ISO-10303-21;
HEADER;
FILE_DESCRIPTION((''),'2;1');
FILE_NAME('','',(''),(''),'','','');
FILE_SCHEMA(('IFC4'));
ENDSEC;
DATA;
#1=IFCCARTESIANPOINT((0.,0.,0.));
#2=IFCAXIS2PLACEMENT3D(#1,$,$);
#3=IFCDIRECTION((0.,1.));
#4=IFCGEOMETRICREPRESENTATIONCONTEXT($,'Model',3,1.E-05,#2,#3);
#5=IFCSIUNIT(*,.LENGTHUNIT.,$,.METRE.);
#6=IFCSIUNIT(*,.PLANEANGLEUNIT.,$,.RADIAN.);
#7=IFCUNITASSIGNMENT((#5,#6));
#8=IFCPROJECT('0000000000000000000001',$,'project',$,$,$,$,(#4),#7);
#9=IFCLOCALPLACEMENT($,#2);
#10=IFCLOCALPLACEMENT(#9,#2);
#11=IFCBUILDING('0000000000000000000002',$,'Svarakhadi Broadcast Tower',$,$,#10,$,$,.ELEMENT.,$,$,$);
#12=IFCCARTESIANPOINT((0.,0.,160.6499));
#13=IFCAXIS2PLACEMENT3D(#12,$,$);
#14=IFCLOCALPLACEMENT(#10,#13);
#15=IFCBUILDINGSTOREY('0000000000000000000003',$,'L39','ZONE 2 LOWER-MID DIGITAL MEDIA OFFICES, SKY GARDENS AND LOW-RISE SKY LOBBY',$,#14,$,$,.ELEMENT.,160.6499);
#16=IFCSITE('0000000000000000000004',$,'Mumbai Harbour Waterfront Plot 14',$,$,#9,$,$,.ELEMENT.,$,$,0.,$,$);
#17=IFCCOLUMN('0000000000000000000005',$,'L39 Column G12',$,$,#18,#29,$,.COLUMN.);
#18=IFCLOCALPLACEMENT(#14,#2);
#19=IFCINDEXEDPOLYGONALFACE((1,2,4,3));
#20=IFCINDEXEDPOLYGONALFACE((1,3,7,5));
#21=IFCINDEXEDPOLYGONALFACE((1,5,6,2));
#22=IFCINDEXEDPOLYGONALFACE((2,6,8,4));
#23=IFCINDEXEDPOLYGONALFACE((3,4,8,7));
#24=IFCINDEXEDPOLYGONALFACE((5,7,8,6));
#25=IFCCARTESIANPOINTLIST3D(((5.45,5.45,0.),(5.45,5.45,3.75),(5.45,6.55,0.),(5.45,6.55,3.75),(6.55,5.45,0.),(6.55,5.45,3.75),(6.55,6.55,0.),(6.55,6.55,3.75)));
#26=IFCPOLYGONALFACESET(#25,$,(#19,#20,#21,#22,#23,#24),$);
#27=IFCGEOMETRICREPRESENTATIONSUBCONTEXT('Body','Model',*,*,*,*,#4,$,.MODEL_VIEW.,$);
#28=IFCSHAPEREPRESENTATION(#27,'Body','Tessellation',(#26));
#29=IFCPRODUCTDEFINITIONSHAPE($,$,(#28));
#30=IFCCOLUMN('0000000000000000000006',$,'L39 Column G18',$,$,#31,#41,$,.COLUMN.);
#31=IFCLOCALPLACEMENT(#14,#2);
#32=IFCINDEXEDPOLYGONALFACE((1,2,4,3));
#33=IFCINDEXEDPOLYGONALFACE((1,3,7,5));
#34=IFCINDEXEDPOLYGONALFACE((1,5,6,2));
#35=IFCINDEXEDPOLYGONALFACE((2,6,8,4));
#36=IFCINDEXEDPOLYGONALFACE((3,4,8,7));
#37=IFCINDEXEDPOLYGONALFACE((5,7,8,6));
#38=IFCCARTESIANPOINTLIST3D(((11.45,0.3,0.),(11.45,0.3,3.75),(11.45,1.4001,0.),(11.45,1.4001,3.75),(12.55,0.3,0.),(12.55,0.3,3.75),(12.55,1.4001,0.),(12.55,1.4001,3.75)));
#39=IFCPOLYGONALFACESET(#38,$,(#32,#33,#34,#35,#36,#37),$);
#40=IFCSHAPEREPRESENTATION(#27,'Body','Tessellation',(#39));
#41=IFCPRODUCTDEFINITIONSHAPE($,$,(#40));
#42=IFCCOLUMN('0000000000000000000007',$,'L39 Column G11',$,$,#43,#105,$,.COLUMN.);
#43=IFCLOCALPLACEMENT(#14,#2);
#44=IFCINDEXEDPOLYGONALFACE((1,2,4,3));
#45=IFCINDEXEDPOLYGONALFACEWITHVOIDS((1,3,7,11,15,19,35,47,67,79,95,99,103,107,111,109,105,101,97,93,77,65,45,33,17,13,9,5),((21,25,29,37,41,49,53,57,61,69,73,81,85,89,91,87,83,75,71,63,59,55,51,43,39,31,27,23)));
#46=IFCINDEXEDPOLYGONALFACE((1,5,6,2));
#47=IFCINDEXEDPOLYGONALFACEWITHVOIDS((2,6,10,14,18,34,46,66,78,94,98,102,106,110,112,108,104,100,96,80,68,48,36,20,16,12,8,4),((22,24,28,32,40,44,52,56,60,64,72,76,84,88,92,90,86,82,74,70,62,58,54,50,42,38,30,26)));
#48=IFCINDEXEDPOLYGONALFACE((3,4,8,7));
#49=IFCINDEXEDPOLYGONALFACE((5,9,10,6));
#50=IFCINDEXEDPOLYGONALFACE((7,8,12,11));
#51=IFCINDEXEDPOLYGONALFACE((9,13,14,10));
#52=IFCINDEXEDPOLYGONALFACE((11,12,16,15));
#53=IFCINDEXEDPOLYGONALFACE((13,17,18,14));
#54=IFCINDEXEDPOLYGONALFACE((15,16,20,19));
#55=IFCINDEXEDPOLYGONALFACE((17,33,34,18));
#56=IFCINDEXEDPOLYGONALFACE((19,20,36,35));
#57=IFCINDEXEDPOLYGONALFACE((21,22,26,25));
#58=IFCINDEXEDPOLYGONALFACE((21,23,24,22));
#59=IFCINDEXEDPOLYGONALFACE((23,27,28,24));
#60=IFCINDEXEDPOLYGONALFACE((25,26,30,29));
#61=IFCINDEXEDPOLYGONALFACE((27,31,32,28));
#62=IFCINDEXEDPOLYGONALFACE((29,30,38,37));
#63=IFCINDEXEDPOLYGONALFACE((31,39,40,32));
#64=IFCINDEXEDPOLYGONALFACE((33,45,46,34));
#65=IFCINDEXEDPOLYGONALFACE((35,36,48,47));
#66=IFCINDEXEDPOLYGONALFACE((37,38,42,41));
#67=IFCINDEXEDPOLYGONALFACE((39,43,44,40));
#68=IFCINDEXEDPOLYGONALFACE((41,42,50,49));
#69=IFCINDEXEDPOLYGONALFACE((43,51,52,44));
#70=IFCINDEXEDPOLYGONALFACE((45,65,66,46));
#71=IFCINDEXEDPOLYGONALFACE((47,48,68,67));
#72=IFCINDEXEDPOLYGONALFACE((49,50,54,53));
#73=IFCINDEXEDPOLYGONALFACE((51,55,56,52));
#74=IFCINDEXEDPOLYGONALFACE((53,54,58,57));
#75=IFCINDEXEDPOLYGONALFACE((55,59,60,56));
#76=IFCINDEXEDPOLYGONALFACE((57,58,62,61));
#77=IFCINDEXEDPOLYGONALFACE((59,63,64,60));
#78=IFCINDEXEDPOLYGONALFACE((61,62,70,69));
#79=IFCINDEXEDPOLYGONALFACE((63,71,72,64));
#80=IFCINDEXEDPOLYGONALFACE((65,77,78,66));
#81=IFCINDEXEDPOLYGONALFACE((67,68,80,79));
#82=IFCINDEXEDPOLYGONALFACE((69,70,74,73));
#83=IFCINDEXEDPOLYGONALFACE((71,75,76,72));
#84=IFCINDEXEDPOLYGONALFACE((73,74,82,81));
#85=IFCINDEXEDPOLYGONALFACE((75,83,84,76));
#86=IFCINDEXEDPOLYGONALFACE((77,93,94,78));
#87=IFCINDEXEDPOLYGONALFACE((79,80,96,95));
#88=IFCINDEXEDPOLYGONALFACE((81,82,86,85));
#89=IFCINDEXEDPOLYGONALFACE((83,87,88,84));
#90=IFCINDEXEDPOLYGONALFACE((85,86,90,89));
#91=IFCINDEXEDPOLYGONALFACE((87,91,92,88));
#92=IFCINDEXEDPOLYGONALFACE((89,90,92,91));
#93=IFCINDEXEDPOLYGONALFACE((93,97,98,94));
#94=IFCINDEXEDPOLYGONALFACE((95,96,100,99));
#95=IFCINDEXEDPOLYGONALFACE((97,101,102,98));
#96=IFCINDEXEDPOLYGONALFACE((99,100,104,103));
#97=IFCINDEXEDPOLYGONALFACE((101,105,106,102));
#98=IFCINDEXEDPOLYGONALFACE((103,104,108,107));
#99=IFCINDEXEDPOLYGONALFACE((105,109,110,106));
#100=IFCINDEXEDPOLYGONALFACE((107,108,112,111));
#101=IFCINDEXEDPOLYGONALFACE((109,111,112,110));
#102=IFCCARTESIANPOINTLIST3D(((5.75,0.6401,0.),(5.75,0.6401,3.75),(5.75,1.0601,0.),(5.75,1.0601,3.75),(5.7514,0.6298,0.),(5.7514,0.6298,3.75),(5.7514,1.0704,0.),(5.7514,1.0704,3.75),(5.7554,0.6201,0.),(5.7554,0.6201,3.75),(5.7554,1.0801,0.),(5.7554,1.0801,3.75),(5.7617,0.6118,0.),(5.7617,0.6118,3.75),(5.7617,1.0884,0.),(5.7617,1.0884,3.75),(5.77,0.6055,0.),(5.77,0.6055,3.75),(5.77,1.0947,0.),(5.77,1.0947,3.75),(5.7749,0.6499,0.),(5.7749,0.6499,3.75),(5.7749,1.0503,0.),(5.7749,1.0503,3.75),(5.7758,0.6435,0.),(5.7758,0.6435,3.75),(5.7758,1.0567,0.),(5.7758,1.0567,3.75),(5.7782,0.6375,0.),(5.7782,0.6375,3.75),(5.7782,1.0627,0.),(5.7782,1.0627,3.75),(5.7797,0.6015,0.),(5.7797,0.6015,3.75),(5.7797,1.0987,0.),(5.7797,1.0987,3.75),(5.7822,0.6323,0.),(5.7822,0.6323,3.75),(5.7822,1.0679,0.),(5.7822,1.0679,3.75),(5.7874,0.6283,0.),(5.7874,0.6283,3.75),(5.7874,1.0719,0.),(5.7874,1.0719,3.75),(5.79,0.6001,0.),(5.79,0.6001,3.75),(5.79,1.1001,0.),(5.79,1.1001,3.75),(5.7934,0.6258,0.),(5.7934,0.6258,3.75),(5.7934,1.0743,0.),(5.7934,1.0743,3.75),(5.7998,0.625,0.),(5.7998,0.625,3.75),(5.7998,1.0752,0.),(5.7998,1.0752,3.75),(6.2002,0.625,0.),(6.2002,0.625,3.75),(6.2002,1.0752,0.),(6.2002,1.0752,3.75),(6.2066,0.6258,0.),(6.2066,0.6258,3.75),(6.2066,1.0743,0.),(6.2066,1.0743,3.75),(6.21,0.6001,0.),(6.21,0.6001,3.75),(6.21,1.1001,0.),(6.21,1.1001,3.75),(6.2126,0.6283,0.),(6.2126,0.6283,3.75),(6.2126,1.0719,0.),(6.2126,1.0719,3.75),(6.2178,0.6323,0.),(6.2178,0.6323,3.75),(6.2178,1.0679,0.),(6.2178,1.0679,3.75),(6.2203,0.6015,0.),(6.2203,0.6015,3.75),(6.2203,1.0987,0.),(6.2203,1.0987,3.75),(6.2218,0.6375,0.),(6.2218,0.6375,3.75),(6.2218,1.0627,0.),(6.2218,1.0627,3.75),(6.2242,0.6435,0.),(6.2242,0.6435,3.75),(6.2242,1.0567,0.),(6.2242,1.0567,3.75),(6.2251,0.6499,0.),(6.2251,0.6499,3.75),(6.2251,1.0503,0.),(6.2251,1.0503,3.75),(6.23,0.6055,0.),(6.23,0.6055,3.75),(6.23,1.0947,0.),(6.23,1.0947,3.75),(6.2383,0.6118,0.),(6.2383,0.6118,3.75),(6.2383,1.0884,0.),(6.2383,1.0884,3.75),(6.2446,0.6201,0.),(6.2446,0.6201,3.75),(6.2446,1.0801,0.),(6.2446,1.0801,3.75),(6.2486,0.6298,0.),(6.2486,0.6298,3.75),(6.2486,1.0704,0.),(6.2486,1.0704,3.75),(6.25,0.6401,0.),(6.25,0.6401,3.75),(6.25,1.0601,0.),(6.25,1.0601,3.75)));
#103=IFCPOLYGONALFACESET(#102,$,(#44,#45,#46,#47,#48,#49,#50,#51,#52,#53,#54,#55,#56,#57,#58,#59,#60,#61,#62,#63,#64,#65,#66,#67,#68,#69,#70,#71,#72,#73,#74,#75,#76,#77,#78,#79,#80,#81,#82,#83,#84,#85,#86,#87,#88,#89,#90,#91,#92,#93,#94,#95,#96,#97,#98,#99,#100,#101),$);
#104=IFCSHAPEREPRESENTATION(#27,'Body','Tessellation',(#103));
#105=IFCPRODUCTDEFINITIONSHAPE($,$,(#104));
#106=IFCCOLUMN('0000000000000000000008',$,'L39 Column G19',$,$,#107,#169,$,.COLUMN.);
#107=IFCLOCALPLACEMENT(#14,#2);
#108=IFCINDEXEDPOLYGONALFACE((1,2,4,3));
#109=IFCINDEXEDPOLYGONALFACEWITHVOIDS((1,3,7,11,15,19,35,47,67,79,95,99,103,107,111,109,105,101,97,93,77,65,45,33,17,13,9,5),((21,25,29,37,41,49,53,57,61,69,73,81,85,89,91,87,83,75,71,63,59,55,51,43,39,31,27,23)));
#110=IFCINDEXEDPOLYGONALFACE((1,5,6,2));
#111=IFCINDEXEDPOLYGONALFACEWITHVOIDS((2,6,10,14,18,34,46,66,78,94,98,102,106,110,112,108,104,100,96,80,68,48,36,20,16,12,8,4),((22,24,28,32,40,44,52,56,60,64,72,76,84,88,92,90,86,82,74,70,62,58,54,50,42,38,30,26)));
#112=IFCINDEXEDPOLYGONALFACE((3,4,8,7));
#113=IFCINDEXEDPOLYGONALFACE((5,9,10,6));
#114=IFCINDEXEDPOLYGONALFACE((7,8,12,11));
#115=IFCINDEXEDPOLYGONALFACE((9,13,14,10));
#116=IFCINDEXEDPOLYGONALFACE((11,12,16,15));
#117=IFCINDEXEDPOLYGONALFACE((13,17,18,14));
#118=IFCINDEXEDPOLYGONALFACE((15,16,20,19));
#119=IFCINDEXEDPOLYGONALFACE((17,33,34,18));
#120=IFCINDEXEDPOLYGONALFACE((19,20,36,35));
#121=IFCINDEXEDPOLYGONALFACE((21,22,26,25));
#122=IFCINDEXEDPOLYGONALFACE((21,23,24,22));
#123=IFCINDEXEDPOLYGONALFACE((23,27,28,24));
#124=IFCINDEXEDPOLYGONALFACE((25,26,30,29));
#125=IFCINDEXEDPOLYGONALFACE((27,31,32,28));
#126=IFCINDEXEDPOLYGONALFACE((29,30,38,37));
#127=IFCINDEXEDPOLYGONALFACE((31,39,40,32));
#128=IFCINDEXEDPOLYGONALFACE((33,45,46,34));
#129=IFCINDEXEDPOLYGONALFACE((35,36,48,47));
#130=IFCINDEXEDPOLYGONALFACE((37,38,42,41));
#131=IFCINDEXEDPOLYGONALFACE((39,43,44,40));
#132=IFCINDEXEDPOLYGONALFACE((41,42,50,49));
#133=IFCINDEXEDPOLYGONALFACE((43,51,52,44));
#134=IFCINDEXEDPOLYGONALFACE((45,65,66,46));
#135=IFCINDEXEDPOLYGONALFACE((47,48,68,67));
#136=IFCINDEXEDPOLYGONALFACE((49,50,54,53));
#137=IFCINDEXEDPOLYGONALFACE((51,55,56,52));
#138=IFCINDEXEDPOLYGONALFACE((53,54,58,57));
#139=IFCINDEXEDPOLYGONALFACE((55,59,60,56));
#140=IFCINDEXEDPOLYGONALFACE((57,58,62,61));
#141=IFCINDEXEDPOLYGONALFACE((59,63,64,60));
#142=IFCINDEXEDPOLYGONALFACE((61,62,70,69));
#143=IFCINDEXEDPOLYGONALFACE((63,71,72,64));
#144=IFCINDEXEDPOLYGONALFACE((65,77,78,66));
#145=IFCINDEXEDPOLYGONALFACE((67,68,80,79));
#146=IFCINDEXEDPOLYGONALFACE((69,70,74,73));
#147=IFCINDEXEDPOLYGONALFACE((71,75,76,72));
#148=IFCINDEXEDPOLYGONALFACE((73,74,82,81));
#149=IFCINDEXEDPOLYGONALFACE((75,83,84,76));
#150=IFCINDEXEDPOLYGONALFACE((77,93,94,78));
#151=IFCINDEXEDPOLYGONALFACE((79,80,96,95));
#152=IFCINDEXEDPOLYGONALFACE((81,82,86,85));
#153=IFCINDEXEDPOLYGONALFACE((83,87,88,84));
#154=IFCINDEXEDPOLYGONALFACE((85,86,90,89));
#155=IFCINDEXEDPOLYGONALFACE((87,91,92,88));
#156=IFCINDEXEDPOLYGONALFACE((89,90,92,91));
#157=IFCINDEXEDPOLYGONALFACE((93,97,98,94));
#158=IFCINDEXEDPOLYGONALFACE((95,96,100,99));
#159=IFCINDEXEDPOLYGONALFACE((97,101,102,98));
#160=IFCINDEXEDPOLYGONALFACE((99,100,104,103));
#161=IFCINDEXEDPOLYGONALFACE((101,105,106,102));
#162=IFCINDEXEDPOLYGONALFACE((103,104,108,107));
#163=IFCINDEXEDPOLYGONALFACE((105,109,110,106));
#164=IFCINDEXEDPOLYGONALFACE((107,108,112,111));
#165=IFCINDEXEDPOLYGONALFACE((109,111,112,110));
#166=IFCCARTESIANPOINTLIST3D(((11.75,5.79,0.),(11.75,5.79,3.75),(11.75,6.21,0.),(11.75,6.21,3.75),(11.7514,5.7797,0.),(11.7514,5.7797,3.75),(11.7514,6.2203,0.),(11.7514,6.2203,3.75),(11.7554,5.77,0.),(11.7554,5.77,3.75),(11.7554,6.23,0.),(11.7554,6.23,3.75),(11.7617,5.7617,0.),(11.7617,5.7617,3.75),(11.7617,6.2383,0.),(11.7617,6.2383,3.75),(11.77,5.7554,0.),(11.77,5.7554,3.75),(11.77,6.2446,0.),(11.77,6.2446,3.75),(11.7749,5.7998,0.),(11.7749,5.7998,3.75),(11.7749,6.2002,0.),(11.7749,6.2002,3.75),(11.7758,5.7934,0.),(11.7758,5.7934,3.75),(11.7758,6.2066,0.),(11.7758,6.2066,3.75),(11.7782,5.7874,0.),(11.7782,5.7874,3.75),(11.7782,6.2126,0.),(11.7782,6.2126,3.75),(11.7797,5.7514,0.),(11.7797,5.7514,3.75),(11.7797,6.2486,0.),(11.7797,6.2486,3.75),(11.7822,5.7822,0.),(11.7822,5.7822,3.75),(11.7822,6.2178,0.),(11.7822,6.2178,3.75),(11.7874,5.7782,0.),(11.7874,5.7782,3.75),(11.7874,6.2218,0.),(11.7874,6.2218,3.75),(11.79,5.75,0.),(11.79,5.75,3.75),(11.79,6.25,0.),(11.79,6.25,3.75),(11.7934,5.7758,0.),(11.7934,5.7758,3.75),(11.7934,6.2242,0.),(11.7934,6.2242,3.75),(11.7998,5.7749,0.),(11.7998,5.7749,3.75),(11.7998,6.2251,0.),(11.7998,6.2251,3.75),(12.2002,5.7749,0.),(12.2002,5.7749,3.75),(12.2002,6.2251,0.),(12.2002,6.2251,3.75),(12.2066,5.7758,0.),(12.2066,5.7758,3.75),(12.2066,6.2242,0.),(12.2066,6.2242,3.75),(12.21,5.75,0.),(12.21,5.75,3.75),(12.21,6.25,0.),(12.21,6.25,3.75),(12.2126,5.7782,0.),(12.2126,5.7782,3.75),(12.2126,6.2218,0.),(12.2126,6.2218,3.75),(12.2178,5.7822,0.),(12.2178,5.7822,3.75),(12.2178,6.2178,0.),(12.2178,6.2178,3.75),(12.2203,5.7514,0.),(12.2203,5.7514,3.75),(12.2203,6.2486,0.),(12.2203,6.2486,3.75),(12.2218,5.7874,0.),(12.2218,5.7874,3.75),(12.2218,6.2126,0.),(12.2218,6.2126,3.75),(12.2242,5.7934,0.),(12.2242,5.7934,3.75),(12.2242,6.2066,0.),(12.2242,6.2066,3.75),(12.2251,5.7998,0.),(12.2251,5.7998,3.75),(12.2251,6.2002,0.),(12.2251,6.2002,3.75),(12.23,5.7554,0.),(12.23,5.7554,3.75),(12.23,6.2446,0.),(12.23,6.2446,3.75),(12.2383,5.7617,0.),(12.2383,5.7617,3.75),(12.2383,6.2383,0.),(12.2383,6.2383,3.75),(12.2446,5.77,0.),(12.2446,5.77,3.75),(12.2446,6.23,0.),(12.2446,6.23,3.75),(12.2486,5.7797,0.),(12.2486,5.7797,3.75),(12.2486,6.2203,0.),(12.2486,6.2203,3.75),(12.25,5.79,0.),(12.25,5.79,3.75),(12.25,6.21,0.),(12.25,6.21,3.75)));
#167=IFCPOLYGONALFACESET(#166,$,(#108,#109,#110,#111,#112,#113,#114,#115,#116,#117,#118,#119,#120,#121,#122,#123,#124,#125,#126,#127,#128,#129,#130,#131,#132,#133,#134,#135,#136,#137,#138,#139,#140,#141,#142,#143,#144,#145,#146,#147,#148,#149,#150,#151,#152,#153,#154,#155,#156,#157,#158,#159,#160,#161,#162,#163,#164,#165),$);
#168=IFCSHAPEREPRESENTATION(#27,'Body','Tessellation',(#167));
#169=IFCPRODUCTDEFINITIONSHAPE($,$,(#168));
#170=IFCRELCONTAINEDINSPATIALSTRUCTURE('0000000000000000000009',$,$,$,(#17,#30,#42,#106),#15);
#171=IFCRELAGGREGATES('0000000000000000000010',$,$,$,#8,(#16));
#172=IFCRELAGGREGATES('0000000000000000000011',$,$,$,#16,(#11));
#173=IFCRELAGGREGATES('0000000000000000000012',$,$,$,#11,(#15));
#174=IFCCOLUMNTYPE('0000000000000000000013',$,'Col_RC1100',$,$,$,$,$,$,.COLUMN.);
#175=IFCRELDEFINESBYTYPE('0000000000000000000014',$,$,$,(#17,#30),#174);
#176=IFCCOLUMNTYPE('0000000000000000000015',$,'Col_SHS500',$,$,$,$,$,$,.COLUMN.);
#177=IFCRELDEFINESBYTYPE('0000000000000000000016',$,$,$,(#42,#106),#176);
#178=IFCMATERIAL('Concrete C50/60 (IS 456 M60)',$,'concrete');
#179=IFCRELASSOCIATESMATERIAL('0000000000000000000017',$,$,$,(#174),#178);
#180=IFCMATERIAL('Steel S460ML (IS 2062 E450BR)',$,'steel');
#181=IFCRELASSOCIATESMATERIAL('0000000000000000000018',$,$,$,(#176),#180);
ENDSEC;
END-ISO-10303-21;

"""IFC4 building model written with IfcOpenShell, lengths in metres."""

from ifc_helpers import new_model, si_unit, direction, frame, origin, origin_2d, place, context, subcontext, project, spatial, rectangle, hollow_rectangle, extrude, material, material_profile, profile_set, type_object, element, save


model = new_model("IFC4")

# Units and contexts
model_context = context("Model", 3, precision=1e-05, world=origin(), true_north=direction((0.0, 1.0)))
body_context = subcontext(model_context, "Body", "Model", "MODEL_VIEW")
ifc_project = project(units=[si_unit("LENGTHUNIT", "METRE"), si_unit("PLANEANGLEUNIT", "RADIAN")], contexts=[model_context])

# Site, building, storey
site_placement = place(None, origin())
site = spatial("IfcSite", under=ifc_project, at=site_placement, Name="Mumbai Harbour Waterfront Plot 14", CompositionType="ELEMENT", RefElevation=0.0)
building_placement = place(site_placement, origin())
building = spatial("IfcBuilding", under=site, at=building_placement, Name="Svarakhadi Broadcast Tower", CompositionType="ELEMENT")
storey_placement = place(building_placement, frame((0.0, 0.0, 160.6499)))
storey = spatial("IfcBuildingStorey", under=building, at=storey_placement, Name="L39", Description="ZONE 2 LOWER-MID DIGITAL MEDIA OFFICES, SKY GARDENS AND LOW-RISE SKY LOBBY", CompositionType="ELEMENT", Elevation=160.6499)

# Columns
ifc_material_1 = material(Name="Concrete C50/60 (IS 456 M60)", Category="concrete")
ifc_material_profile_1 = material_profile(ifc_material_1, rectangle(XDim=1.1001, YDim=1.1001, at=origin_2d()), Name="RC 1100x1100")
ifc_profile_set_1 = profile_set([ifc_material_profile_1], Name="Concrete C50/60 (IS 456 M60)")
column_type_1 = type_object("IfcColumnType", Name="Col_RC1100", PredefinedType="COLUMN", material=ifc_profile_set_1)
for number, where, z_axis, x_axis, name in (
    (1, (6.0, 6.0, 0.0), (0.0, 0.0, 1.0), (1.0, 0.0, 0.0), "L39 Column G12"),
    (2, (12.0, 0.8501, 0.0), (0.0, 0.0, 1.0), (1.0, 0.0, 0.0), "L39 Column G18"),
):
    element("IfcColumn", number, at=place(storey_placement, frame(where, z_axis=z_axis, x_axis=x_axis)), inside=storey, type_object=column_type_1, Name=name, PredefinedType="COLUMN", context=body_context, shape_type="SweptSolid", body=[
        extrude(rectangle(XDim=1.1001, YDim=1.1001, at=origin_2d()), origin(), (0.0, 0.0, 1.0), 3.75),
    ])
ifc_material_2 = material(Name="Steel S460ML (IS 2062 E450BR)", Category="steel")
ifc_material_profile_2 = material_profile(ifc_material_2, hollow_rectangle(XDim=0.5, YDim=0.5, WallThickness=0.0249, InnerFilletRadius=0.0249, OuterFilletRadius=0.04, at=origin_2d()), Name="SHS 500x500x25")
ifc_profile_set_2 = profile_set([ifc_material_profile_2], Name="Steel S460ML (IS 2062 E450BR)")
column_type_2 = type_object("IfcColumnType", Name="Col_SHS500", PredefinedType="COLUMN", material=ifc_profile_set_2)
for number, where, z_axis, x_axis, name in (
    (3, (6.0, 0.8501, 0.0), (0.0, 0.0, 1.0), (1.0, 0.0, 0.0), "L39 Column G11"),
    (4, (12.0, 6.0, 0.0), (0.0, 0.0, 1.0), (1.0, 0.0, 0.0), "L39 Column G19"),
):
    element("IfcColumn", number, at=place(storey_placement, frame(where, z_axis=z_axis, x_axis=x_axis)), inside=storey, type_object=column_type_2, Name=name, PredefinedType="COLUMN", context=body_context, shape_type="SweptSolid", body=[
        extrude(hollow_rectangle(XDim=0.5, YDim=0.5, WallThickness=0.0249, InnerFilletRadius=0.0249, OuterFilletRadius=0.04, at=origin_2d()), origin(), (0.0, 0.0, 1.0), 3.75),
    ])

save(model, "model.ifc")
